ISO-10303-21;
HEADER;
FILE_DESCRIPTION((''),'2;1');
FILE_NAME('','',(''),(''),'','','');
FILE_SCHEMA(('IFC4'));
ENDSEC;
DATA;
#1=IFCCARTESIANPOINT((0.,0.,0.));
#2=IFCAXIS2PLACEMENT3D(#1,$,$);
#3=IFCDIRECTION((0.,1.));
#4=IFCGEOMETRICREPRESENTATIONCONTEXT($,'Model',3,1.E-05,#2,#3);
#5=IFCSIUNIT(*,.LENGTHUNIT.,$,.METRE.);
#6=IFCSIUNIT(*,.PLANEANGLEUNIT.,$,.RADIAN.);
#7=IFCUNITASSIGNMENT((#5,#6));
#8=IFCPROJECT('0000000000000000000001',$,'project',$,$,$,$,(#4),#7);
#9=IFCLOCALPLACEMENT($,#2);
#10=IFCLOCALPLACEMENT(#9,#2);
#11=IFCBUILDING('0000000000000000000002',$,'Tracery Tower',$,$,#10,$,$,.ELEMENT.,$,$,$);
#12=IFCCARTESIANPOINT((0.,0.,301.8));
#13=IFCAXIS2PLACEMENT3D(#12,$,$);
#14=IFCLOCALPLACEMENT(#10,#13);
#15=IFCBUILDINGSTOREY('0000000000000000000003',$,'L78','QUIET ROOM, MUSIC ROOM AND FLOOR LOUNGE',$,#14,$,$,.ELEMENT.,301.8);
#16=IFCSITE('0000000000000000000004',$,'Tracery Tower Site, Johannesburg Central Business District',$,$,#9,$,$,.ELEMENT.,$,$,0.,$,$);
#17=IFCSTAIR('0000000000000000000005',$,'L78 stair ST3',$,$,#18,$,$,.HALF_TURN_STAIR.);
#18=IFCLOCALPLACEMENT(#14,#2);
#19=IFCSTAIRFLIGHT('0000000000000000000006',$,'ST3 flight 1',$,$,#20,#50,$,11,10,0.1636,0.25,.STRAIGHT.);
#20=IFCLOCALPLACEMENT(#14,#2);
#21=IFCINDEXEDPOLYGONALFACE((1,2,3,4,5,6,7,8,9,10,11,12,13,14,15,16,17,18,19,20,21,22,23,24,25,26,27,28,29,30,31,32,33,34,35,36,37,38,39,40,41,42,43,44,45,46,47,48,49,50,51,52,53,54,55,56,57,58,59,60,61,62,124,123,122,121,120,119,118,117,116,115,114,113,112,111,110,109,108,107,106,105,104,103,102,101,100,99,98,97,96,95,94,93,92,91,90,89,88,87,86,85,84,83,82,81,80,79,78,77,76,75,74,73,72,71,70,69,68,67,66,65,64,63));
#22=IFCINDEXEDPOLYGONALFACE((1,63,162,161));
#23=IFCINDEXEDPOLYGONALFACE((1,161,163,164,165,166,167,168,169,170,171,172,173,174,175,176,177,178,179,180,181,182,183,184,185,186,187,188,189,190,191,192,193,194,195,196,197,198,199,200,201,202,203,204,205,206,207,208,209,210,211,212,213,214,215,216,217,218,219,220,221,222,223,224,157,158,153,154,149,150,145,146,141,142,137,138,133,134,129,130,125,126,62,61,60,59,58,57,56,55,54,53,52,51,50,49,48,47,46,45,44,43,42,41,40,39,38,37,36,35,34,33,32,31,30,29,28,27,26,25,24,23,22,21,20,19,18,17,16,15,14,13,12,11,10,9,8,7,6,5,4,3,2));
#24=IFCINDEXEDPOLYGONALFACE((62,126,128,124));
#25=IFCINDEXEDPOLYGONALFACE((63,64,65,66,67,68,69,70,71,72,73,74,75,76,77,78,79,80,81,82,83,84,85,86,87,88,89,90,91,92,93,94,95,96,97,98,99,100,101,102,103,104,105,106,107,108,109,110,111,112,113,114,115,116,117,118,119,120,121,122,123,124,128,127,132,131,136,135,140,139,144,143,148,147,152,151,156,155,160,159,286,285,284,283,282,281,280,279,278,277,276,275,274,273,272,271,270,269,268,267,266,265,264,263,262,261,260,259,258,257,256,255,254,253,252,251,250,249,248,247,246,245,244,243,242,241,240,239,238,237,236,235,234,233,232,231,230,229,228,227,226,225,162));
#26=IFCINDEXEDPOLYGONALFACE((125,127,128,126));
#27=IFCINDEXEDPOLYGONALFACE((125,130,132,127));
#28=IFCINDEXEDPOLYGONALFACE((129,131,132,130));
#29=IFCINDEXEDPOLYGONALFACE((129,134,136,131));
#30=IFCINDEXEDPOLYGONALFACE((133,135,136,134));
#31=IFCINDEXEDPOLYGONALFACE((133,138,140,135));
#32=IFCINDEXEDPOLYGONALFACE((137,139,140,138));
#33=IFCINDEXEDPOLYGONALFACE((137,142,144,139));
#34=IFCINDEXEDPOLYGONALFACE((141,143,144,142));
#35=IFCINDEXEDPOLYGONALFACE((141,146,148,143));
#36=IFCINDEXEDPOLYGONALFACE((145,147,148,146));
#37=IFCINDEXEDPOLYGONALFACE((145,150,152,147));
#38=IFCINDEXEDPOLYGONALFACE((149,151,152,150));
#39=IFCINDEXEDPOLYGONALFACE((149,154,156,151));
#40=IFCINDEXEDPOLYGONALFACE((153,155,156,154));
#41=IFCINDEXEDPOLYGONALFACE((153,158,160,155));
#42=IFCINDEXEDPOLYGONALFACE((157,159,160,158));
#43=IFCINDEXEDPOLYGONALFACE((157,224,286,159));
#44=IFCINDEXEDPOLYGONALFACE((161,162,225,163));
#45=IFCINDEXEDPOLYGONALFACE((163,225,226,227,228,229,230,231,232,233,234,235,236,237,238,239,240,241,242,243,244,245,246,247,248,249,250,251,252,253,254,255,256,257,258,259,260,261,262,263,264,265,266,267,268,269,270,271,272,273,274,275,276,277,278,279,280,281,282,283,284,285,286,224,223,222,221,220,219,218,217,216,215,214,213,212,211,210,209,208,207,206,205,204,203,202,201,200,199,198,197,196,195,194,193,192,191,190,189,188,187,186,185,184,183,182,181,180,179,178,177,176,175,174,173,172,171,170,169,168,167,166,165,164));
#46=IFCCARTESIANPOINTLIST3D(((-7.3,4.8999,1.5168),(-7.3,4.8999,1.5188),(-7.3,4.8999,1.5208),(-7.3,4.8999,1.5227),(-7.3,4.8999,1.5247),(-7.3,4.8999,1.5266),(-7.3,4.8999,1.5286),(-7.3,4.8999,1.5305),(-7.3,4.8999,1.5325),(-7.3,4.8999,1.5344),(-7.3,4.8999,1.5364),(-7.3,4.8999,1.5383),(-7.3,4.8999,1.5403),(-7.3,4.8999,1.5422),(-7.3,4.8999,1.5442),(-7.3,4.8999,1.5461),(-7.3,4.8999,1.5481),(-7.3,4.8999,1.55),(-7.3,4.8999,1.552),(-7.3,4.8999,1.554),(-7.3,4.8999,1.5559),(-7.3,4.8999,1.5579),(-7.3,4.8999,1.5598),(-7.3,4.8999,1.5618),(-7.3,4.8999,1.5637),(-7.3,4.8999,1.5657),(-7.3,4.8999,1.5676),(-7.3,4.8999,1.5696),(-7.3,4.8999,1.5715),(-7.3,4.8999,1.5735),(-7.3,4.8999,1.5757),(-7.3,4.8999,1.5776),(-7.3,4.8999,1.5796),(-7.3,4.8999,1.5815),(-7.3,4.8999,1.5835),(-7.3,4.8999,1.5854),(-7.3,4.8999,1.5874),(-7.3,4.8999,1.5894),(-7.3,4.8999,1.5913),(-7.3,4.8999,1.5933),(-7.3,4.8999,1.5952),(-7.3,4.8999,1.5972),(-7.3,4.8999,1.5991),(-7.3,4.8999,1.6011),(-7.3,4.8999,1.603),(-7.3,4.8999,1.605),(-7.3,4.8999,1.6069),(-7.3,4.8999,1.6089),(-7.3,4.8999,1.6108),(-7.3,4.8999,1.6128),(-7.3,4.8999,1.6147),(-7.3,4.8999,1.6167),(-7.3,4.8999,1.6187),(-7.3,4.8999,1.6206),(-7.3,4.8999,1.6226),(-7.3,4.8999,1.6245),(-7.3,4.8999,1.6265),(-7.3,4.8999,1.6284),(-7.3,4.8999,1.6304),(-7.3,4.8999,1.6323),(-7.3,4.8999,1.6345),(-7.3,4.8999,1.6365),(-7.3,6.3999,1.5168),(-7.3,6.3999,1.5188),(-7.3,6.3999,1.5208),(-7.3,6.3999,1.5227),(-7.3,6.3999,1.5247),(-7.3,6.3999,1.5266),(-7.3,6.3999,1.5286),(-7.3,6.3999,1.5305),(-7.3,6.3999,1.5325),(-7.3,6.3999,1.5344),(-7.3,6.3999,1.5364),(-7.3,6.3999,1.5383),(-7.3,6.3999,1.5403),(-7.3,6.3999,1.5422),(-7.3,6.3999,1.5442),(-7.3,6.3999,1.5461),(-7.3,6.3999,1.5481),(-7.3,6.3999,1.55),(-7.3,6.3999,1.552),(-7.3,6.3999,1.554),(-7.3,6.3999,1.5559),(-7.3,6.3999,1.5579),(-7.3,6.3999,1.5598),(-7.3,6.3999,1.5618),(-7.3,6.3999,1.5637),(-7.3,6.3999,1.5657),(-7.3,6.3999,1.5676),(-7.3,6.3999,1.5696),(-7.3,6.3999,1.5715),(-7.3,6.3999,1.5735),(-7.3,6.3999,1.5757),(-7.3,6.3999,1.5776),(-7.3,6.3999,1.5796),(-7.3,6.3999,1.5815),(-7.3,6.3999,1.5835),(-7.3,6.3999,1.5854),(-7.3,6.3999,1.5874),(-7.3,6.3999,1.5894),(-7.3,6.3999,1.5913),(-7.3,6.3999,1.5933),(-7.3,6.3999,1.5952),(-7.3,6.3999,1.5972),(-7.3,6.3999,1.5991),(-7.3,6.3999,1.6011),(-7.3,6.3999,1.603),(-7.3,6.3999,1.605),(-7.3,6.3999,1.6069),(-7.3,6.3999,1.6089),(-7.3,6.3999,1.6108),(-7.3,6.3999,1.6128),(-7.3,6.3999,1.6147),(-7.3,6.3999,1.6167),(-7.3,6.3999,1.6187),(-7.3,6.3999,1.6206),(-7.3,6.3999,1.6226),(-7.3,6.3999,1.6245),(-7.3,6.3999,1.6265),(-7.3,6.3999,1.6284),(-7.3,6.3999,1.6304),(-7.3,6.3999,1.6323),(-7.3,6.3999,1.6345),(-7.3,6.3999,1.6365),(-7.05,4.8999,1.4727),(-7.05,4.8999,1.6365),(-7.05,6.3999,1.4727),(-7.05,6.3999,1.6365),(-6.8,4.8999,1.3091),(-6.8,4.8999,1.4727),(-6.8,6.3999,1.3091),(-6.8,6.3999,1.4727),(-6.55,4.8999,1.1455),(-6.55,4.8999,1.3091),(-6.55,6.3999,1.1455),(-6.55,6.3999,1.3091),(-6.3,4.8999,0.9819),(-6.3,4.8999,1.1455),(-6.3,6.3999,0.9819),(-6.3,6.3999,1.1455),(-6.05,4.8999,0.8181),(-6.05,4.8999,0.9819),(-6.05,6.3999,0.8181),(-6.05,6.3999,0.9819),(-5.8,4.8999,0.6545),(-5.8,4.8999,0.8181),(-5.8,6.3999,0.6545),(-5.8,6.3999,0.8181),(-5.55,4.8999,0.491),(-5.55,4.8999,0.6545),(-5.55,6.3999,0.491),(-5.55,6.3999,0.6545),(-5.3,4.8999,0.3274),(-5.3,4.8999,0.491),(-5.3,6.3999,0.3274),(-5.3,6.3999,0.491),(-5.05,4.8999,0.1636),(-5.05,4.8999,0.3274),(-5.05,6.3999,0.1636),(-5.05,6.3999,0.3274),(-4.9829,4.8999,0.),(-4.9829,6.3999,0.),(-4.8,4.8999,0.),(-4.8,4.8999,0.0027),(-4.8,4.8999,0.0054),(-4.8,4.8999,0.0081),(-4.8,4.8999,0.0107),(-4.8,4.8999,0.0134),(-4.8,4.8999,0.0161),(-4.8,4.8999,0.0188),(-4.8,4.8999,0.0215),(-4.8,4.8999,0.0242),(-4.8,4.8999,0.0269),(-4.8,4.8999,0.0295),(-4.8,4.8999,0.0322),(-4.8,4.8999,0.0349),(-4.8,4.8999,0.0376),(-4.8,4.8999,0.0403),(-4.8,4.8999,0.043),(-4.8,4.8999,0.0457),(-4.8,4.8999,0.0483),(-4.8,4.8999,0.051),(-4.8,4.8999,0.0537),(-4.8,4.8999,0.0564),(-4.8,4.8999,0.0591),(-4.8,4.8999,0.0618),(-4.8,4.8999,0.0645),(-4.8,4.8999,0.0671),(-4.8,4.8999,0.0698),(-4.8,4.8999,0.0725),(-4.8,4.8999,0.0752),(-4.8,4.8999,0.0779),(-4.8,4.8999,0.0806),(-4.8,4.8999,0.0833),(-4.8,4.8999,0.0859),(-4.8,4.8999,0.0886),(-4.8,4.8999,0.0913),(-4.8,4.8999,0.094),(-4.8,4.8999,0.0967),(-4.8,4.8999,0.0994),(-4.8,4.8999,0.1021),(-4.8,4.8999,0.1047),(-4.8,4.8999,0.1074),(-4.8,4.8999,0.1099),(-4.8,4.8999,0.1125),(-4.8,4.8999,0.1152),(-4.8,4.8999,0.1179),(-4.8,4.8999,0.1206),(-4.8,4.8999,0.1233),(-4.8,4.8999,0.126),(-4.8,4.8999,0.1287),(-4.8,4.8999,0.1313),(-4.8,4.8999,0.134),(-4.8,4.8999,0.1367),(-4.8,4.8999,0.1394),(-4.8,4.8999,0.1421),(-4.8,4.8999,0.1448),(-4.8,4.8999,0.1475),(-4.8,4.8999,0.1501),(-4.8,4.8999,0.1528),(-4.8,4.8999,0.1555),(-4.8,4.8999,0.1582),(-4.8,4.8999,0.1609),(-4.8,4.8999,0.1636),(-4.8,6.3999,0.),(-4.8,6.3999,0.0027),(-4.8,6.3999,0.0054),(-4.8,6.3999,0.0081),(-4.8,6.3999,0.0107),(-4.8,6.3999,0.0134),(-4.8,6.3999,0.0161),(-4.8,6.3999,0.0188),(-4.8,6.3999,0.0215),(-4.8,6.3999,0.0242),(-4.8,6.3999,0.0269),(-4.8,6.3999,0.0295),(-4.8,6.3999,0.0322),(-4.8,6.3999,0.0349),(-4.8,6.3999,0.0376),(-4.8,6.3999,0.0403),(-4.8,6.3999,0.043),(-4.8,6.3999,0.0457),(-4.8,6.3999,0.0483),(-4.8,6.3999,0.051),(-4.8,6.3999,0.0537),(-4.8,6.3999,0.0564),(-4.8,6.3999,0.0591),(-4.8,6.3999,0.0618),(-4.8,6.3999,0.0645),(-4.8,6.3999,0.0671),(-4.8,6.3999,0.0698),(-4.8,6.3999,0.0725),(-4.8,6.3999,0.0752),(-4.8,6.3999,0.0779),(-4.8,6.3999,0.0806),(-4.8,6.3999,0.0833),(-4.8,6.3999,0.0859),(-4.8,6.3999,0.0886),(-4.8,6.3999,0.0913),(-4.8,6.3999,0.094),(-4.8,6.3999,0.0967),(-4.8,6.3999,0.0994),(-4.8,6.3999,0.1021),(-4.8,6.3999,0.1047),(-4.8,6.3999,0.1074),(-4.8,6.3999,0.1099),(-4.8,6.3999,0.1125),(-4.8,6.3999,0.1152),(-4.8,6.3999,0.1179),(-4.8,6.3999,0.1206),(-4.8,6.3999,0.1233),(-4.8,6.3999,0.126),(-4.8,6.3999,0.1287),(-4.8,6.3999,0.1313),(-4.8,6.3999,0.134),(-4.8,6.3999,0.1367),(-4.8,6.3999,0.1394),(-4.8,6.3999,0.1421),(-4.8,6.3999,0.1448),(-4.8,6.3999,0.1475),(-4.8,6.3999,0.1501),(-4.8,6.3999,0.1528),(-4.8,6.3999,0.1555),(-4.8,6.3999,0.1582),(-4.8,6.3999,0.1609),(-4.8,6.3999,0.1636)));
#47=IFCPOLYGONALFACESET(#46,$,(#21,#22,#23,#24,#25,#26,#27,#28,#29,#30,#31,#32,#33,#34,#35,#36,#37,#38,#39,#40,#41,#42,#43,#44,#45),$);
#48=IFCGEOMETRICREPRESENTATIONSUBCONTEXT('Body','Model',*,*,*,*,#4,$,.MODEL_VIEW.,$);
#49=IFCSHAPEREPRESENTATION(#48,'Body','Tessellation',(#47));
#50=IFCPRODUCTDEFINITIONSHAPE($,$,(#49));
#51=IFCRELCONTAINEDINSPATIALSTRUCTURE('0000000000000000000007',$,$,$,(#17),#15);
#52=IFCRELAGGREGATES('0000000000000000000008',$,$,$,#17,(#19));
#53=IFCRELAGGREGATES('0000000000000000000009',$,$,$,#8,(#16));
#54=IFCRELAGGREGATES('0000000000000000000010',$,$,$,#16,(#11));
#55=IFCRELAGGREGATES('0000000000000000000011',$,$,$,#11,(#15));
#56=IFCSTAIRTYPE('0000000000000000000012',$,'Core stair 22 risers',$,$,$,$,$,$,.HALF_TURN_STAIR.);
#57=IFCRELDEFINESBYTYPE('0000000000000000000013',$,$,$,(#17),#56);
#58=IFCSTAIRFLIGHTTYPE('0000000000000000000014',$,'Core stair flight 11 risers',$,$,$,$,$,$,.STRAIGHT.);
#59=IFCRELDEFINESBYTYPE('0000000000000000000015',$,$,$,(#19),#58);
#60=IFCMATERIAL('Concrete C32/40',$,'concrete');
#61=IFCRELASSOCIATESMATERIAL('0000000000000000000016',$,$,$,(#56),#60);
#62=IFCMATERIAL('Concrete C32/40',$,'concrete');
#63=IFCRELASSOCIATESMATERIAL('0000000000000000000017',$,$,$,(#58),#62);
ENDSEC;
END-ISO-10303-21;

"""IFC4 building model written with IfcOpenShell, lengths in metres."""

from ifc_helpers import new_model, si_unit, direction, frame, origin, place, context, subcontext, project, spatial, polyline, outline, extrude, material, type_object, element, aggregate, save


model = new_model("IFC4")

# Units and contexts
model_context = context("Model", 3, precision=1e-05, world=origin(), true_north=direction((0.0, 1.0)))
body_context = subcontext(model_context, "Body", "Model", "MODEL_VIEW")
ifc_project = project(units=[si_unit("LENGTHUNIT", "METRE"), si_unit("PLANEANGLEUNIT", "RADIAN")], contexts=[model_context])

# Site, building, storey
site_placement = place(None, origin())
site = spatial("IfcSite", under=ifc_project, at=site_placement, Name="Tracery Tower Site, Johannesburg Central Business District", CompositionType="ELEMENT", RefElevation=0.0)
building_placement = place(site_placement, origin())
building = spatial("IfcBuilding", under=site, at=building_placement, Name="Tracery Tower", CompositionType="ELEMENT")
storey_placement = place(building_placement, frame((0.0, 0.0, 301.8)))
storey = spatial("IfcBuildingStorey", under=building, at=storey_placement, Name="L78", Description="QUIET ROOM, MUSIC ROOM AND FLOOR LOUNGE", CompositionType="ELEMENT", Elevation=301.8)

# Stair, stair flight
ifc_material_1 = material(Name="Concrete C32/40", Category="concrete")
stair_type = type_object("IfcStairType", Name="Core stair 22 risers", PredefinedType="HALF_TURN_STAIR", material=ifc_material_1)
stair_placement = place(storey_placement, origin())
stair = element("IfcStair", 1, at=stair_placement, inside=storey, type_object=stair_type, Name="L78 stair ST3", PredefinedType="HALF_TURN_STAIR")
ifc_material_2 = material(Name="Concrete C32/40", Category="concrete")
stair_flight_type = type_object("IfcStairFlightType", Name="Core stair flight 11 risers", PredefinedType="STRAIGHT", material=ifc_material_2)
stair_flight_1_placement = place(storey_placement, frame((-4.8, 5.6499, 0.0), z_axis=(0.0, 0.0, 1.0), x_axis=(-1.0, 0.0, 0.0)))
stair_flight_1 = element("IfcStairFlight", 2, at=stair_flight_1_placement, type_object=stair_flight_type, Name="ST3 flight 1", NumberOfRisers=11, NumberOfTreads=10, PredefinedType="STRAIGHT", RiserHeight=0.1636, TreadLength=0.25, context=body_context, shape_type="SweptSolid", body=[
    extrude(outline(polyline([(0.0, 0.0), (0.0, 0.0027), (0.0, 0.0054), (0.0, 0.0081), (0.0, 0.0107), (0.0, 0.0134), (0.0, 0.0161), (0.0, 0.0188), (0.0, 0.0215), (0.0, 0.0242), (0.0, 0.0269), (0.0, 0.0295), (0.0, 0.0322), (0.0, 0.0349), (0.0, 0.0376), (0.0, 0.0403), (0.0, 0.043), (0.0, 0.0457), (0.0, 0.0483), (0.0, 0.051), (0.0, 0.0537), (0.0, 0.0564), (0.0, 0.0591), (0.0, 0.0618), (0.0, 0.0645), (0.0, 0.0671), (0.0, 0.0698), (0.0, 0.0725), (0.0, 0.0752), (0.0, 0.0779), (0.0, 0.0806), (0.0, 0.0833), (0.0, 0.0859), (0.0, 0.0886), (0.0, 0.0913), (0.0, 0.094), (0.0, 0.0967), (0.0, 0.0994), (0.0, 0.1021), (0.0, 0.1047), (0.0, 0.1074), (0.0, 0.1099), (0.0, 0.1125), (0.0, 0.1152), (0.0, 0.1179), (0.0, 0.1206), (0.0, 0.1233), (0.0, 0.126), (0.0, 0.1287), (0.0, 0.1313), (0.0, 0.134), (0.0, 0.1367), (0.0, 0.1394), (0.0, 0.1421), (0.0, 0.1448), (0.0, 0.1475), (0.0, 0.1501), (0.0, 0.1528), (0.0, 0.1555), (0.0, 0.1582), (0.0, 0.1609), (0.0, 0.1636), (0.25, 0.1636), (0.25, 0.3274), (0.5, 0.3274), (0.5, 0.491), (0.75, 0.491), (0.75, 0.6545), (1.0, 0.6545), (1.0, 0.8181), (1.25, 0.8181), (1.25, 0.9819), (1.5, 0.9819), (1.5, 1.1455), (1.75, 1.1455), (1.75, 1.3091), (2.0, 1.3091), (2.0, 1.4727), (2.25, 1.4727), (2.25, 1.6365), (2.5, 1.6365), (2.5, 1.6345), (2.5, 1.6323), (2.5, 1.6304), (2.5, 1.6284), (2.5, 1.6265), (2.5, 1.6245), (2.5, 1.6226), (2.5, 1.6206), (2.5, 1.6187), (2.5, 1.6167), (2.5, 1.6147), (2.5, 1.6128), (2.5, 1.6108), (2.5, 1.6089), (2.5, 1.6069), (2.5, 1.605), (2.5, 1.603), (2.5, 1.6011), (2.5, 1.5991), (2.5, 1.5972), (2.5, 1.5952), (2.5, 1.5933), (2.5, 1.5913), (2.5, 1.5894), (2.5, 1.5874), (2.5, 1.5854), (2.5, 1.5835), (2.5, 1.5815), (2.5, 1.5796), (2.5, 1.5776), (2.5, 1.5757), (2.5, 1.5735), (2.5, 1.5715), (2.5, 1.5696), (2.5, 1.5676), (2.5, 1.5657), (2.5, 1.5637), (2.5, 1.5618), (2.5, 1.5598), (2.5, 1.5579), (2.5, 1.5559), (2.5, 1.554), (2.5, 1.552), (2.5, 1.55), (2.5, 1.5481), (2.5, 1.5461), (2.5, 1.5442), (2.5, 1.5422), (2.5, 1.5403), (2.5, 1.5383), (2.5, 1.5364), (2.5, 1.5344), (2.5, 1.5325), (2.5, 1.5305), (2.5, 1.5286), (2.5, 1.5266), (2.5, 1.5247), (2.5, 1.5227), (2.5, 1.5208), (2.5, 1.5188), (2.5, 1.5168), (0.1829, 0.0), (0.0, 0.0)])), frame((0.0, 0.75, 0.0), z_axis=(0.0, -1.0, 0.0), x_axis=(1.0, 0.0, 0.0)), (0.0, 0.0, 1.0), 1.5),
])
aggregate(stair, [stair_flight_1])

save(model, "model.ifc")
